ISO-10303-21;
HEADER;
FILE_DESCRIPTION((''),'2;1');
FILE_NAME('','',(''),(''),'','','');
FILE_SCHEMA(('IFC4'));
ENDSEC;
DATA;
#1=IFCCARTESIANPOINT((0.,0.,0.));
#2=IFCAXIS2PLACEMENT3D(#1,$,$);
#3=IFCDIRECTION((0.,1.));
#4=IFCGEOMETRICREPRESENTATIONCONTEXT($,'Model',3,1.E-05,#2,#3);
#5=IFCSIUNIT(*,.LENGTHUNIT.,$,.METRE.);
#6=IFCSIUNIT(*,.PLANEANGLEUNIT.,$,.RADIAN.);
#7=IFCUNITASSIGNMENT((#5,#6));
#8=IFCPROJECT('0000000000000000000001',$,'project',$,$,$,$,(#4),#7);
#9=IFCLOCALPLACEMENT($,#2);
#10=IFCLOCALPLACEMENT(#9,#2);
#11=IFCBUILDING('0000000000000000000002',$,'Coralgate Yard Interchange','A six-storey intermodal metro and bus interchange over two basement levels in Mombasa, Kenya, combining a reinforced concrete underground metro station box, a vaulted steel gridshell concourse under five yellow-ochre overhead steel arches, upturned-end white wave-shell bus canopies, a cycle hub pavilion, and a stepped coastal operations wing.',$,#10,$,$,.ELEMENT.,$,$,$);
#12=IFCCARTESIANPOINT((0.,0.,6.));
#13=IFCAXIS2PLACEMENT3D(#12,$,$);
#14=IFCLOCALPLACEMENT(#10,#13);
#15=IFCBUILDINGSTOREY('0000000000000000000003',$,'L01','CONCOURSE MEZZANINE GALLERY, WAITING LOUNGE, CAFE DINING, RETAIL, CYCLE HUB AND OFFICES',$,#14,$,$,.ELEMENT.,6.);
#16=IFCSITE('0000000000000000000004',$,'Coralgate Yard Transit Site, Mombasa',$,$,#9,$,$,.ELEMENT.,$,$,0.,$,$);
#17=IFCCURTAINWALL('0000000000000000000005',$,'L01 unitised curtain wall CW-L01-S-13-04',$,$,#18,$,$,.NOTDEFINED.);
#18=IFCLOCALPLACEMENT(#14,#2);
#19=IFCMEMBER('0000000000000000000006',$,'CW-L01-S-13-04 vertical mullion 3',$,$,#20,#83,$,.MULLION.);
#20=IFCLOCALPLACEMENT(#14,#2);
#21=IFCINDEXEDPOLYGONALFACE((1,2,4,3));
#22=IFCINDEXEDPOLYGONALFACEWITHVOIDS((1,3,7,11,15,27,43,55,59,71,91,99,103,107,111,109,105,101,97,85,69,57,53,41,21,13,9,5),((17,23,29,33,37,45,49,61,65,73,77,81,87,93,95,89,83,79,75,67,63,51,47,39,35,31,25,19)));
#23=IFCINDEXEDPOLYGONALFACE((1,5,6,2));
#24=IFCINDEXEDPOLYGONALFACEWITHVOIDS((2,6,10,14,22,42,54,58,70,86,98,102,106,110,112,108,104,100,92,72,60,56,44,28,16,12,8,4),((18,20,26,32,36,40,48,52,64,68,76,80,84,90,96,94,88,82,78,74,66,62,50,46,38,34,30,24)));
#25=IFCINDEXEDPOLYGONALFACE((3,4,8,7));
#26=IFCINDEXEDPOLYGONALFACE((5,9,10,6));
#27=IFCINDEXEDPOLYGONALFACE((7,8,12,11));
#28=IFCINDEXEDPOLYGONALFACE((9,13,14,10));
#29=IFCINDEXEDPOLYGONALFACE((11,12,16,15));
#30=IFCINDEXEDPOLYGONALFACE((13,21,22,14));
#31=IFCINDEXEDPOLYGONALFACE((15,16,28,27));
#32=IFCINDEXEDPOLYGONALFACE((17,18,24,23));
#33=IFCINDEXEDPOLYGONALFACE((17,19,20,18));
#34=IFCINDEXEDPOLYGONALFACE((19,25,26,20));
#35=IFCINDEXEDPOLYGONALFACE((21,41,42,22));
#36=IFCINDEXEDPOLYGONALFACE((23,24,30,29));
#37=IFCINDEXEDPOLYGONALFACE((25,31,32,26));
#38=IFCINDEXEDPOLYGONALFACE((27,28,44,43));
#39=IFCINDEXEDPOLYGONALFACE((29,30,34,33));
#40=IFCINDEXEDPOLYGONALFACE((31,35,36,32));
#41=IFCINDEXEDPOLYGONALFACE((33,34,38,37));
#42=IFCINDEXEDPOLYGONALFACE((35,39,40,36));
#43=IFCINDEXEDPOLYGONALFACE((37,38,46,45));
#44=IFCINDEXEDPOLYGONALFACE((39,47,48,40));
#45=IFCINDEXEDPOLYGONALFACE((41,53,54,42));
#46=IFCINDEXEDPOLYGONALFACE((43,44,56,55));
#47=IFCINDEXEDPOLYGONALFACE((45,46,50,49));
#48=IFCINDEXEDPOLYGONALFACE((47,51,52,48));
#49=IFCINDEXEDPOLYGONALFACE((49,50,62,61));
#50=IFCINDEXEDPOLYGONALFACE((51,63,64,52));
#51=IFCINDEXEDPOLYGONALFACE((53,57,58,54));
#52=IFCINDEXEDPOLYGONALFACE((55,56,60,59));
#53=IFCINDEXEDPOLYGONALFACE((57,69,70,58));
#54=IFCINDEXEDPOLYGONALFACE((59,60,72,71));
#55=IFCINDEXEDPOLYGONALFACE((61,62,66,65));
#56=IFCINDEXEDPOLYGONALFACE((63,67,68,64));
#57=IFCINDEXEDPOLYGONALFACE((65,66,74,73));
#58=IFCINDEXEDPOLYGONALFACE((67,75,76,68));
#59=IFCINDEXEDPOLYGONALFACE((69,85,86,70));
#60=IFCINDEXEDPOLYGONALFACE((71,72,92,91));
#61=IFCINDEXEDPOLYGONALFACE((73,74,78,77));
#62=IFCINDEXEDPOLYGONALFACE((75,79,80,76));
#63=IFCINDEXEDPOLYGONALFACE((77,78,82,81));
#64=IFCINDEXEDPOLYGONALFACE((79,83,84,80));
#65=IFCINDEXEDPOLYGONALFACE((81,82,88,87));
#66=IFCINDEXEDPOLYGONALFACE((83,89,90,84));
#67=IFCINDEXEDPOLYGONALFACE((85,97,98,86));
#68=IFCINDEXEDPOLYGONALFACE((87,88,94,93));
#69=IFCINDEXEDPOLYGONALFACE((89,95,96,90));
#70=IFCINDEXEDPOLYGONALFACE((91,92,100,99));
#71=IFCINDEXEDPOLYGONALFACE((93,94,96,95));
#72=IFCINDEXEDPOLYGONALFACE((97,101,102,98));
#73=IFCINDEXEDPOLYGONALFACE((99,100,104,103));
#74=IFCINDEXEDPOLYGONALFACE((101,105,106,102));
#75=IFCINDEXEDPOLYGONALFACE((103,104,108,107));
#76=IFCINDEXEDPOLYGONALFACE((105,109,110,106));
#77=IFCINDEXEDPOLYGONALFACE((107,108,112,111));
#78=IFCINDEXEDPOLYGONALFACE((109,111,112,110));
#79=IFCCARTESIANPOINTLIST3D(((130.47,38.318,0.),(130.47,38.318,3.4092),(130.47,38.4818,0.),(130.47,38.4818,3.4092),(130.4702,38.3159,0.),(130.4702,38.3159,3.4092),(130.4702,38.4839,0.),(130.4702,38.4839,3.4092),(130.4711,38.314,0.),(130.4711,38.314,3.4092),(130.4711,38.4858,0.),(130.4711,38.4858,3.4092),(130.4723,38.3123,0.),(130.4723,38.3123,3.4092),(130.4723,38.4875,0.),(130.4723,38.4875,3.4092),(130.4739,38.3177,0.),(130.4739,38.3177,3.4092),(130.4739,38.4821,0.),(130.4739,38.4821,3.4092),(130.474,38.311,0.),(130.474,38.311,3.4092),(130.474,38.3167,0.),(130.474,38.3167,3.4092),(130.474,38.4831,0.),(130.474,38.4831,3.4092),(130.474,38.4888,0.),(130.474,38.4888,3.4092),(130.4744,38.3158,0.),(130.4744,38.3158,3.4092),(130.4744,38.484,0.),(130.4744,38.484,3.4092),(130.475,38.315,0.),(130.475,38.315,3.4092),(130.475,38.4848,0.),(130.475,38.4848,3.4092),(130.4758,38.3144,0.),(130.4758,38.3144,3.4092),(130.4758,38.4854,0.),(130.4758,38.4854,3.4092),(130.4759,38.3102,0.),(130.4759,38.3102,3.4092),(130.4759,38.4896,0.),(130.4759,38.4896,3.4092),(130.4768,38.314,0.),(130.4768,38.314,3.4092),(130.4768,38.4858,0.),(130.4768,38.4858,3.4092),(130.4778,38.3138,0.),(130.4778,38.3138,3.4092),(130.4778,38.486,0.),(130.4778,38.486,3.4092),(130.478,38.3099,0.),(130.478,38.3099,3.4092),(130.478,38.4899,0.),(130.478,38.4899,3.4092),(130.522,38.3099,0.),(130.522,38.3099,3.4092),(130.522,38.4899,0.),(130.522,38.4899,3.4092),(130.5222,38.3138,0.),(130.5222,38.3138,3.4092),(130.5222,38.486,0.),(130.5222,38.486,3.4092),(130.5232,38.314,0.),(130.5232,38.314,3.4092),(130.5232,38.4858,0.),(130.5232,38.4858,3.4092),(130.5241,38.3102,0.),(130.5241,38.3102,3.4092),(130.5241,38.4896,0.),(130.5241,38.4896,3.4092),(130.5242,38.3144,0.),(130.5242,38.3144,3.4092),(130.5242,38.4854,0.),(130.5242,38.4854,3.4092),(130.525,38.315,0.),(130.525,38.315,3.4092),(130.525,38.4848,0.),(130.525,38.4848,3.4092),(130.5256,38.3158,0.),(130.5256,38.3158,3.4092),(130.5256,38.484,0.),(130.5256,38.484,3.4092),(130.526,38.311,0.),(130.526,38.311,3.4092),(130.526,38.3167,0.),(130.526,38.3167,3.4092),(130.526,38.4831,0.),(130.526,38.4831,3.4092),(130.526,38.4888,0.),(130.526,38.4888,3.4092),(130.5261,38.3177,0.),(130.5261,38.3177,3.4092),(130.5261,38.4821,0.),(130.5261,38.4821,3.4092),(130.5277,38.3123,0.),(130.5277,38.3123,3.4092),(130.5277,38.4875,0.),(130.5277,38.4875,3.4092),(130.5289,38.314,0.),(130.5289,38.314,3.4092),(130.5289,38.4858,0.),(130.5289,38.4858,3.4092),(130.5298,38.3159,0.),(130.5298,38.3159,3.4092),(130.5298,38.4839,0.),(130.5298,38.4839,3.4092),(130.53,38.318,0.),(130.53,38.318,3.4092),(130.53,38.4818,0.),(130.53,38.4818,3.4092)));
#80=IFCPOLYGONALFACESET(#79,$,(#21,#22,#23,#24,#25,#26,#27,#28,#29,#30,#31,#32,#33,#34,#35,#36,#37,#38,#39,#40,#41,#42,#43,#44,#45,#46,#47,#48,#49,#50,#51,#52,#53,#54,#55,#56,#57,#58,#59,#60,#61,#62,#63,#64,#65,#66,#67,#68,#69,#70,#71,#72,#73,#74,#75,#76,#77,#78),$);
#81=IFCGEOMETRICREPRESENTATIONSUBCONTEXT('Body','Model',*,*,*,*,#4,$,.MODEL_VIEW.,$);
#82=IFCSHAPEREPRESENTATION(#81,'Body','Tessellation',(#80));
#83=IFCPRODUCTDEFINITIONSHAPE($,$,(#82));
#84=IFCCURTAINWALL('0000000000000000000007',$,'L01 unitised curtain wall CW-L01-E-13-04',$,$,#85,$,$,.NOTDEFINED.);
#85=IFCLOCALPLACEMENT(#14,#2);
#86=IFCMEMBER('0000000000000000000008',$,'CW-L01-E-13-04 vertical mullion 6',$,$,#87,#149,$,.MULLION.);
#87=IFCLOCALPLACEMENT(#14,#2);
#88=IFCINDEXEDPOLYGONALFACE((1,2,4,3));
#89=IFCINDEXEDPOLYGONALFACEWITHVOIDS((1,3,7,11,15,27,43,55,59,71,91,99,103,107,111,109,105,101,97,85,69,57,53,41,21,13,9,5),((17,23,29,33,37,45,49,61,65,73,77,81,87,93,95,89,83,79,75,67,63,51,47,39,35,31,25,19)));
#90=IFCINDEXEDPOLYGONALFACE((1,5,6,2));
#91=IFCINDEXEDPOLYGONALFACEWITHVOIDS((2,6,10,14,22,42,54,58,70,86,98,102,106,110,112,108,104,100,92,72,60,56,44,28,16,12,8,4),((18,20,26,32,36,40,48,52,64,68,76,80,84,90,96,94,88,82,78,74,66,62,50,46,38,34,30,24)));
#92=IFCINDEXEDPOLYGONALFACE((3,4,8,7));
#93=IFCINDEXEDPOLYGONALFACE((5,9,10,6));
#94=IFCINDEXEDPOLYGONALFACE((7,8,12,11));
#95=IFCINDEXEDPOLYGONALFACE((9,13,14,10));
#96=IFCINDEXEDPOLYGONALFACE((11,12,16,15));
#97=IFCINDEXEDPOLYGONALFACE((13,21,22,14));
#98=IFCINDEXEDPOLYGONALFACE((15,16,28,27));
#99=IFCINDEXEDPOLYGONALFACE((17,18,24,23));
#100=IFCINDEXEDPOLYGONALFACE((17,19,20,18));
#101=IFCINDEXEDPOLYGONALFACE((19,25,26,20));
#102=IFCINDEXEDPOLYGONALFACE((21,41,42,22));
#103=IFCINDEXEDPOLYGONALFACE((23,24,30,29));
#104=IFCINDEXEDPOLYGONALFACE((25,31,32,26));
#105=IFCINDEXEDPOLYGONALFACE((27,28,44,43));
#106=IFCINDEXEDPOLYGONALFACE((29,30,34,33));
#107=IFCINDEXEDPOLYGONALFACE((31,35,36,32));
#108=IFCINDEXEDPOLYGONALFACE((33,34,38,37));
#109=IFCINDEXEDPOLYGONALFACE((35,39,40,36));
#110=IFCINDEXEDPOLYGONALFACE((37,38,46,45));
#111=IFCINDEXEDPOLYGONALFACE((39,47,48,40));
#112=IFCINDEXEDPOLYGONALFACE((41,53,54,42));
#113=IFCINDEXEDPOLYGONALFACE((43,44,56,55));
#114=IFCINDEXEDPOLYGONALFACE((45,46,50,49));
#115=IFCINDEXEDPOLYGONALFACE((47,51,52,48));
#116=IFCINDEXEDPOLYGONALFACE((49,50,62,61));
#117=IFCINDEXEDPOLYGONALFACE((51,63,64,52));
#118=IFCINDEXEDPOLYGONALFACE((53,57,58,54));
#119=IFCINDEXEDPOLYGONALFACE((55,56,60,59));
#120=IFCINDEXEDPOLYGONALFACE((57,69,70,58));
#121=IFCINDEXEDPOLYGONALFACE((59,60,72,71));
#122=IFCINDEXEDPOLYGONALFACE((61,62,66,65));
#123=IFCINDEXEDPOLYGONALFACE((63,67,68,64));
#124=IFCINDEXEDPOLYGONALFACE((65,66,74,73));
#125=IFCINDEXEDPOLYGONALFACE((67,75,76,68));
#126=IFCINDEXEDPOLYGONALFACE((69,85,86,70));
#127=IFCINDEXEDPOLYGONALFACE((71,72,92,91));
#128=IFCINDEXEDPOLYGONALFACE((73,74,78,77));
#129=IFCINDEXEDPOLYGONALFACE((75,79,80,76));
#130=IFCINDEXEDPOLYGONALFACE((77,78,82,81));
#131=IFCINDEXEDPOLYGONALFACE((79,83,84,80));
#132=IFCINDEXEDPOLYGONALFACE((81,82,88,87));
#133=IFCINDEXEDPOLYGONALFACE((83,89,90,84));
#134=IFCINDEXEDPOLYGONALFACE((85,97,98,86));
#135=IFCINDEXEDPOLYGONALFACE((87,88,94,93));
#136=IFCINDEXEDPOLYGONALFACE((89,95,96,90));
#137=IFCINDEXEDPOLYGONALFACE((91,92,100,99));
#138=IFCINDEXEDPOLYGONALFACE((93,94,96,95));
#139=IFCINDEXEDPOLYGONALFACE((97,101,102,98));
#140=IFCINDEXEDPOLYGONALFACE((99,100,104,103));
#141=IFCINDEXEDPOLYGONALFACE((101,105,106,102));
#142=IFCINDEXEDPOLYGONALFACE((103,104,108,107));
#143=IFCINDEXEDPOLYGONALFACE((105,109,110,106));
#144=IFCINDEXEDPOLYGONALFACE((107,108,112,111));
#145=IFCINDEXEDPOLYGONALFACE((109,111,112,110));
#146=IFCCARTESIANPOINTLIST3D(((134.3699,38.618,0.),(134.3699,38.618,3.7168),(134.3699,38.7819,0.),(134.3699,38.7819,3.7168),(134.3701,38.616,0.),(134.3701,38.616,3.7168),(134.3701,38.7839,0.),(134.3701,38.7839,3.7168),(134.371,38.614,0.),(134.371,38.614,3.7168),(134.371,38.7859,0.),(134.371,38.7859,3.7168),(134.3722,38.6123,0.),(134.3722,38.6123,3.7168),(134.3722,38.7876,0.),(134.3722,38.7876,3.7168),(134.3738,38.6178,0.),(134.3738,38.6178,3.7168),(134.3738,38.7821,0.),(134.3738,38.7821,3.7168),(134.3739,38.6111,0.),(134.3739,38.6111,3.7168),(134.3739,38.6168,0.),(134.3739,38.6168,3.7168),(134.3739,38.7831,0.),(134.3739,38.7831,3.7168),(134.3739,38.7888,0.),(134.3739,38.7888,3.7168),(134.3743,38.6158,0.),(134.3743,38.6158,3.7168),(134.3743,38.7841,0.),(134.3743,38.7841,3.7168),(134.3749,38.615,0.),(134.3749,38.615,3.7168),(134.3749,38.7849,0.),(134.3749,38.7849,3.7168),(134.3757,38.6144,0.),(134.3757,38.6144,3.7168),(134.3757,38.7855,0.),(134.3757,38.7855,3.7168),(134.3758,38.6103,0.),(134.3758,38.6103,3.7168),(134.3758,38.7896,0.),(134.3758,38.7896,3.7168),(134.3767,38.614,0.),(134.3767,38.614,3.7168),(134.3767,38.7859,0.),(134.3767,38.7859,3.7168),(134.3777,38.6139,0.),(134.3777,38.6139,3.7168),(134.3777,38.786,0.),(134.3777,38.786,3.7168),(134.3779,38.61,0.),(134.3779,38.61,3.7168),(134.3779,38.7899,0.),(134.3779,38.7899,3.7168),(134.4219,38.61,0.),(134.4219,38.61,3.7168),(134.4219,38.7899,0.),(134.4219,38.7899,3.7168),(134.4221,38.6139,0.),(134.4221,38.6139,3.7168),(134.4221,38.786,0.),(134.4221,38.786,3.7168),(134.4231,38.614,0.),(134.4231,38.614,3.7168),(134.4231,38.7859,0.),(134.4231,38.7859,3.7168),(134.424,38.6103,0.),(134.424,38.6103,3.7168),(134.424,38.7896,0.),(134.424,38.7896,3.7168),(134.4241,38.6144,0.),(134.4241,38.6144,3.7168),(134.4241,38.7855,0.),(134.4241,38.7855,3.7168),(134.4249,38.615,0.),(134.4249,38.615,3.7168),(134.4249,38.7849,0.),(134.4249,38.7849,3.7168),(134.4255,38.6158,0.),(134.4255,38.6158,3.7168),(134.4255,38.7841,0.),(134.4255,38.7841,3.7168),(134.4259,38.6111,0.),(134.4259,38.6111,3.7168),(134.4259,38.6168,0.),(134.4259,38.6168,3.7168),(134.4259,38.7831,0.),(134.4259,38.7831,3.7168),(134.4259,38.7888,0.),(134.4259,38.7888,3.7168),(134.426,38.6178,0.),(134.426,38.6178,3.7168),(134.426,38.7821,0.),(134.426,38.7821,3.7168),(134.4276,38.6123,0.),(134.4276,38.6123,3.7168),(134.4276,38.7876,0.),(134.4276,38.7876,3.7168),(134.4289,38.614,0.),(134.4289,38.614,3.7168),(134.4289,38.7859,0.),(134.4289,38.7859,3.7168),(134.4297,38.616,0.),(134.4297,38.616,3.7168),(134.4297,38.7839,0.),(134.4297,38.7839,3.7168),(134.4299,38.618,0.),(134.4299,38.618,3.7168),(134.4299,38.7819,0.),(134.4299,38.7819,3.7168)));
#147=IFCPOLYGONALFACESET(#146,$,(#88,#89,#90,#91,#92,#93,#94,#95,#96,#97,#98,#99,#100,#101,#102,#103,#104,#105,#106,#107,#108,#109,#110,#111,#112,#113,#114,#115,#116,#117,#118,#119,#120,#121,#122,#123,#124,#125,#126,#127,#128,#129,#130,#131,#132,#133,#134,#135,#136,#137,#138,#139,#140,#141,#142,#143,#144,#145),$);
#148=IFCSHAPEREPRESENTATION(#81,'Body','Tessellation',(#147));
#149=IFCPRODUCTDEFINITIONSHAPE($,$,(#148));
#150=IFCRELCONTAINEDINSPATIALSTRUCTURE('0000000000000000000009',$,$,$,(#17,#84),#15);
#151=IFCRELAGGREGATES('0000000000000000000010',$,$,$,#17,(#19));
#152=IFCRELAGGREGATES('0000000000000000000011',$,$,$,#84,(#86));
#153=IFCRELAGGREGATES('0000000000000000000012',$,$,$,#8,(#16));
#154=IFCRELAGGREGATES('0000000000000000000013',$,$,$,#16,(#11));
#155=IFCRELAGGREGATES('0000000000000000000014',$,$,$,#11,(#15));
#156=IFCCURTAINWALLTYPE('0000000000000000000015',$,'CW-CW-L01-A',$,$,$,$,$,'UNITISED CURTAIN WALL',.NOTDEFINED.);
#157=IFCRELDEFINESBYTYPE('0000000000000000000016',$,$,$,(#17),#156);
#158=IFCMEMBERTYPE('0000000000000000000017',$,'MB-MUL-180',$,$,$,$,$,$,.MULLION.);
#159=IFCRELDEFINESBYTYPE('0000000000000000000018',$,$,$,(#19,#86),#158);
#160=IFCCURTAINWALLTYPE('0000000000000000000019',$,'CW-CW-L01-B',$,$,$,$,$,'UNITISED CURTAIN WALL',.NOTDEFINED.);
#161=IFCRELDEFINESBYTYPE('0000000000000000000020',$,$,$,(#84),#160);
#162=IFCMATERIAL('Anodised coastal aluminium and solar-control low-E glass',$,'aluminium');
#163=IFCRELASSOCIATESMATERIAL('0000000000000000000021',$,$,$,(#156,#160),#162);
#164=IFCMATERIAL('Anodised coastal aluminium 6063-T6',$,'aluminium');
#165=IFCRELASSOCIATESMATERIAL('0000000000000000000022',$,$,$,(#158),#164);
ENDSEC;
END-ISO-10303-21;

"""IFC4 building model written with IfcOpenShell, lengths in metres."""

from ifc_helpers import new_model, si_unit, direction, frame, origin, origin_2d, place, context, subcontext, project, spatial, hollow_rectangle, extrude, material, material_profile, profile_set, type_object, element, aggregate, save


model = new_model("IFC4")

# Units and contexts
model_context = context("Model", 3, precision=1e-05, world=origin(), true_north=direction((0.0, 1.0)))
body_context = subcontext(model_context, "Body", "Model", "MODEL_VIEW")
ifc_project = project(units=[si_unit("LENGTHUNIT", "METRE"), si_unit("PLANEANGLEUNIT", "RADIAN")], contexts=[model_context])

# Site, building, storey
site_placement = place(None, origin())
site = spatial("IfcSite", under=ifc_project, at=site_placement, Name="Coralgate Yard Transit Site, Mombasa", CompositionType="ELEMENT", RefElevation=0.0)
building_placement = place(site_placement, origin())
building = spatial("IfcBuilding", under=site, at=building_placement, Name="Coralgate Yard Interchange", Description="A six-storey intermodal metro and bus interchange over two basement levels in Mombasa, Kenya, combining a reinforced concrete underground metro station box, a vaulted steel gridshell concourse under five yellow-ochre overhead steel arches, upturned-end white wave-shell bus canopies, a cycle hub pavilion, and a stepped coastal operations wing.", CompositionType="ELEMENT")
storey_placement = place(building_placement, frame((0.0, 0.0, 6.0)))
storey = spatial("IfcBuildingStorey", under=building, at=storey_placement, Name="L01", Description="CONCOURSE MEZZANINE GALLERY, WAITING LOUNGE, CAFE DINING, RETAIL, CYCLE HUB AND OFFICES", CompositionType="ELEMENT", Elevation=6.0)

# Curtain wall, member
ifc_material_1 = material(Name="Anodised coastal aluminium and solar-control low-E glass", Category="aluminium")
curtain_wall_type_1 = type_object("IfcCurtainWallType", Name="CW-CW-L01-A", ElementType="UNITISED CURTAIN WALL", PredefinedType="NOTDEFINED", material=ifc_material_1)
curtain_wall_1_placement = place(storey_placement, origin())
curtain_wall_1 = element("IfcCurtainWall", 1, at=curtain_wall_1_placement, inside=storey, type_object=curtain_wall_type_1, Name="L01 unitised curtain wall CW-L01-S-13-04", PredefinedType="NOTDEFINED")
ifc_material_2 = material(Name="Anodised coastal aluminium 6063-T6", Category="aluminium")
ifc_material_profile_1 = material_profile(ifc_material_2, hollow_rectangle(XDim=0.0601, YDim=0.1799, WallThickness=0.0039, InnerFilletRadius=0.0039, OuterFilletRadius=0.0081, at=origin_2d()), Name="ALU 60x180x4")
ifc_profile_set_1 = profile_set([ifc_material_profile_1], Name="Anodised coastal aluminium 6063-T6")
member_type_1 = type_object("IfcMemberType", Name="MB-MUL-180", PredefinedType="MULLION", material=ifc_profile_set_1)
member_1_placement = place(storey_placement, frame((130.5, 38.3999, 0.0), z_axis=(0.0, 0.0, 1.0), x_axis=(1.0, 0.0, 0.0)))
member_1 = element("IfcMember", 2, at=member_1_placement, type_object=member_type_1, Name="CW-L01-S-13-04 vertical mullion 3", PredefinedType="MULLION", context=body_context, shape_type="SweptSolid", body=[
    extrude(hollow_rectangle(XDim=0.0601, YDim=0.1799, WallThickness=0.0039, InnerFilletRadius=0.0039, OuterFilletRadius=0.0081, at=origin_2d()), origin(), (0.0, 0.0, 1.0), 3.4092),
])

# Curtain wall, member
curtain_wall_type_2 = type_object("IfcCurtainWallType", Name="CW-CW-L01-B", ElementType="UNITISED CURTAIN WALL", PredefinedType="NOTDEFINED", material=ifc_material_1)
curtain_wall_2_placement = place(storey_placement, origin())
curtain_wall_2 = element("IfcCurtainWall", 3, at=curtain_wall_2_placement, inside=storey, type_object=curtain_wall_type_2, Name="L01 unitised curtain wall CW-L01-E-13-04", PredefinedType="NOTDEFINED")
member_2_placement = place(storey_placement, frame((134.3999, 38.7, 0.0), z_axis=(0.0, 0.0, 1.0), x_axis=(1.0, 0.0, 0.0)))
member_2 = element("IfcMember", 4, at=member_2_placement, type_object=member_type_1, Name="CW-L01-E-13-04 vertical mullion 6", PredefinedType="MULLION", context=body_context, shape_type="SweptSolid", body=[
    extrude(hollow_rectangle(XDim=0.0601, YDim=0.1799, WallThickness=0.0039, InnerFilletRadius=0.0039, OuterFilletRadius=0.0081, at=origin_2d()), origin(), (0.0, 0.0, 1.0), 3.7168),
])

aggregate(curtain_wall_1, [member_1])
aggregate(curtain_wall_2, [member_2])

save(model, "model.ifc")
